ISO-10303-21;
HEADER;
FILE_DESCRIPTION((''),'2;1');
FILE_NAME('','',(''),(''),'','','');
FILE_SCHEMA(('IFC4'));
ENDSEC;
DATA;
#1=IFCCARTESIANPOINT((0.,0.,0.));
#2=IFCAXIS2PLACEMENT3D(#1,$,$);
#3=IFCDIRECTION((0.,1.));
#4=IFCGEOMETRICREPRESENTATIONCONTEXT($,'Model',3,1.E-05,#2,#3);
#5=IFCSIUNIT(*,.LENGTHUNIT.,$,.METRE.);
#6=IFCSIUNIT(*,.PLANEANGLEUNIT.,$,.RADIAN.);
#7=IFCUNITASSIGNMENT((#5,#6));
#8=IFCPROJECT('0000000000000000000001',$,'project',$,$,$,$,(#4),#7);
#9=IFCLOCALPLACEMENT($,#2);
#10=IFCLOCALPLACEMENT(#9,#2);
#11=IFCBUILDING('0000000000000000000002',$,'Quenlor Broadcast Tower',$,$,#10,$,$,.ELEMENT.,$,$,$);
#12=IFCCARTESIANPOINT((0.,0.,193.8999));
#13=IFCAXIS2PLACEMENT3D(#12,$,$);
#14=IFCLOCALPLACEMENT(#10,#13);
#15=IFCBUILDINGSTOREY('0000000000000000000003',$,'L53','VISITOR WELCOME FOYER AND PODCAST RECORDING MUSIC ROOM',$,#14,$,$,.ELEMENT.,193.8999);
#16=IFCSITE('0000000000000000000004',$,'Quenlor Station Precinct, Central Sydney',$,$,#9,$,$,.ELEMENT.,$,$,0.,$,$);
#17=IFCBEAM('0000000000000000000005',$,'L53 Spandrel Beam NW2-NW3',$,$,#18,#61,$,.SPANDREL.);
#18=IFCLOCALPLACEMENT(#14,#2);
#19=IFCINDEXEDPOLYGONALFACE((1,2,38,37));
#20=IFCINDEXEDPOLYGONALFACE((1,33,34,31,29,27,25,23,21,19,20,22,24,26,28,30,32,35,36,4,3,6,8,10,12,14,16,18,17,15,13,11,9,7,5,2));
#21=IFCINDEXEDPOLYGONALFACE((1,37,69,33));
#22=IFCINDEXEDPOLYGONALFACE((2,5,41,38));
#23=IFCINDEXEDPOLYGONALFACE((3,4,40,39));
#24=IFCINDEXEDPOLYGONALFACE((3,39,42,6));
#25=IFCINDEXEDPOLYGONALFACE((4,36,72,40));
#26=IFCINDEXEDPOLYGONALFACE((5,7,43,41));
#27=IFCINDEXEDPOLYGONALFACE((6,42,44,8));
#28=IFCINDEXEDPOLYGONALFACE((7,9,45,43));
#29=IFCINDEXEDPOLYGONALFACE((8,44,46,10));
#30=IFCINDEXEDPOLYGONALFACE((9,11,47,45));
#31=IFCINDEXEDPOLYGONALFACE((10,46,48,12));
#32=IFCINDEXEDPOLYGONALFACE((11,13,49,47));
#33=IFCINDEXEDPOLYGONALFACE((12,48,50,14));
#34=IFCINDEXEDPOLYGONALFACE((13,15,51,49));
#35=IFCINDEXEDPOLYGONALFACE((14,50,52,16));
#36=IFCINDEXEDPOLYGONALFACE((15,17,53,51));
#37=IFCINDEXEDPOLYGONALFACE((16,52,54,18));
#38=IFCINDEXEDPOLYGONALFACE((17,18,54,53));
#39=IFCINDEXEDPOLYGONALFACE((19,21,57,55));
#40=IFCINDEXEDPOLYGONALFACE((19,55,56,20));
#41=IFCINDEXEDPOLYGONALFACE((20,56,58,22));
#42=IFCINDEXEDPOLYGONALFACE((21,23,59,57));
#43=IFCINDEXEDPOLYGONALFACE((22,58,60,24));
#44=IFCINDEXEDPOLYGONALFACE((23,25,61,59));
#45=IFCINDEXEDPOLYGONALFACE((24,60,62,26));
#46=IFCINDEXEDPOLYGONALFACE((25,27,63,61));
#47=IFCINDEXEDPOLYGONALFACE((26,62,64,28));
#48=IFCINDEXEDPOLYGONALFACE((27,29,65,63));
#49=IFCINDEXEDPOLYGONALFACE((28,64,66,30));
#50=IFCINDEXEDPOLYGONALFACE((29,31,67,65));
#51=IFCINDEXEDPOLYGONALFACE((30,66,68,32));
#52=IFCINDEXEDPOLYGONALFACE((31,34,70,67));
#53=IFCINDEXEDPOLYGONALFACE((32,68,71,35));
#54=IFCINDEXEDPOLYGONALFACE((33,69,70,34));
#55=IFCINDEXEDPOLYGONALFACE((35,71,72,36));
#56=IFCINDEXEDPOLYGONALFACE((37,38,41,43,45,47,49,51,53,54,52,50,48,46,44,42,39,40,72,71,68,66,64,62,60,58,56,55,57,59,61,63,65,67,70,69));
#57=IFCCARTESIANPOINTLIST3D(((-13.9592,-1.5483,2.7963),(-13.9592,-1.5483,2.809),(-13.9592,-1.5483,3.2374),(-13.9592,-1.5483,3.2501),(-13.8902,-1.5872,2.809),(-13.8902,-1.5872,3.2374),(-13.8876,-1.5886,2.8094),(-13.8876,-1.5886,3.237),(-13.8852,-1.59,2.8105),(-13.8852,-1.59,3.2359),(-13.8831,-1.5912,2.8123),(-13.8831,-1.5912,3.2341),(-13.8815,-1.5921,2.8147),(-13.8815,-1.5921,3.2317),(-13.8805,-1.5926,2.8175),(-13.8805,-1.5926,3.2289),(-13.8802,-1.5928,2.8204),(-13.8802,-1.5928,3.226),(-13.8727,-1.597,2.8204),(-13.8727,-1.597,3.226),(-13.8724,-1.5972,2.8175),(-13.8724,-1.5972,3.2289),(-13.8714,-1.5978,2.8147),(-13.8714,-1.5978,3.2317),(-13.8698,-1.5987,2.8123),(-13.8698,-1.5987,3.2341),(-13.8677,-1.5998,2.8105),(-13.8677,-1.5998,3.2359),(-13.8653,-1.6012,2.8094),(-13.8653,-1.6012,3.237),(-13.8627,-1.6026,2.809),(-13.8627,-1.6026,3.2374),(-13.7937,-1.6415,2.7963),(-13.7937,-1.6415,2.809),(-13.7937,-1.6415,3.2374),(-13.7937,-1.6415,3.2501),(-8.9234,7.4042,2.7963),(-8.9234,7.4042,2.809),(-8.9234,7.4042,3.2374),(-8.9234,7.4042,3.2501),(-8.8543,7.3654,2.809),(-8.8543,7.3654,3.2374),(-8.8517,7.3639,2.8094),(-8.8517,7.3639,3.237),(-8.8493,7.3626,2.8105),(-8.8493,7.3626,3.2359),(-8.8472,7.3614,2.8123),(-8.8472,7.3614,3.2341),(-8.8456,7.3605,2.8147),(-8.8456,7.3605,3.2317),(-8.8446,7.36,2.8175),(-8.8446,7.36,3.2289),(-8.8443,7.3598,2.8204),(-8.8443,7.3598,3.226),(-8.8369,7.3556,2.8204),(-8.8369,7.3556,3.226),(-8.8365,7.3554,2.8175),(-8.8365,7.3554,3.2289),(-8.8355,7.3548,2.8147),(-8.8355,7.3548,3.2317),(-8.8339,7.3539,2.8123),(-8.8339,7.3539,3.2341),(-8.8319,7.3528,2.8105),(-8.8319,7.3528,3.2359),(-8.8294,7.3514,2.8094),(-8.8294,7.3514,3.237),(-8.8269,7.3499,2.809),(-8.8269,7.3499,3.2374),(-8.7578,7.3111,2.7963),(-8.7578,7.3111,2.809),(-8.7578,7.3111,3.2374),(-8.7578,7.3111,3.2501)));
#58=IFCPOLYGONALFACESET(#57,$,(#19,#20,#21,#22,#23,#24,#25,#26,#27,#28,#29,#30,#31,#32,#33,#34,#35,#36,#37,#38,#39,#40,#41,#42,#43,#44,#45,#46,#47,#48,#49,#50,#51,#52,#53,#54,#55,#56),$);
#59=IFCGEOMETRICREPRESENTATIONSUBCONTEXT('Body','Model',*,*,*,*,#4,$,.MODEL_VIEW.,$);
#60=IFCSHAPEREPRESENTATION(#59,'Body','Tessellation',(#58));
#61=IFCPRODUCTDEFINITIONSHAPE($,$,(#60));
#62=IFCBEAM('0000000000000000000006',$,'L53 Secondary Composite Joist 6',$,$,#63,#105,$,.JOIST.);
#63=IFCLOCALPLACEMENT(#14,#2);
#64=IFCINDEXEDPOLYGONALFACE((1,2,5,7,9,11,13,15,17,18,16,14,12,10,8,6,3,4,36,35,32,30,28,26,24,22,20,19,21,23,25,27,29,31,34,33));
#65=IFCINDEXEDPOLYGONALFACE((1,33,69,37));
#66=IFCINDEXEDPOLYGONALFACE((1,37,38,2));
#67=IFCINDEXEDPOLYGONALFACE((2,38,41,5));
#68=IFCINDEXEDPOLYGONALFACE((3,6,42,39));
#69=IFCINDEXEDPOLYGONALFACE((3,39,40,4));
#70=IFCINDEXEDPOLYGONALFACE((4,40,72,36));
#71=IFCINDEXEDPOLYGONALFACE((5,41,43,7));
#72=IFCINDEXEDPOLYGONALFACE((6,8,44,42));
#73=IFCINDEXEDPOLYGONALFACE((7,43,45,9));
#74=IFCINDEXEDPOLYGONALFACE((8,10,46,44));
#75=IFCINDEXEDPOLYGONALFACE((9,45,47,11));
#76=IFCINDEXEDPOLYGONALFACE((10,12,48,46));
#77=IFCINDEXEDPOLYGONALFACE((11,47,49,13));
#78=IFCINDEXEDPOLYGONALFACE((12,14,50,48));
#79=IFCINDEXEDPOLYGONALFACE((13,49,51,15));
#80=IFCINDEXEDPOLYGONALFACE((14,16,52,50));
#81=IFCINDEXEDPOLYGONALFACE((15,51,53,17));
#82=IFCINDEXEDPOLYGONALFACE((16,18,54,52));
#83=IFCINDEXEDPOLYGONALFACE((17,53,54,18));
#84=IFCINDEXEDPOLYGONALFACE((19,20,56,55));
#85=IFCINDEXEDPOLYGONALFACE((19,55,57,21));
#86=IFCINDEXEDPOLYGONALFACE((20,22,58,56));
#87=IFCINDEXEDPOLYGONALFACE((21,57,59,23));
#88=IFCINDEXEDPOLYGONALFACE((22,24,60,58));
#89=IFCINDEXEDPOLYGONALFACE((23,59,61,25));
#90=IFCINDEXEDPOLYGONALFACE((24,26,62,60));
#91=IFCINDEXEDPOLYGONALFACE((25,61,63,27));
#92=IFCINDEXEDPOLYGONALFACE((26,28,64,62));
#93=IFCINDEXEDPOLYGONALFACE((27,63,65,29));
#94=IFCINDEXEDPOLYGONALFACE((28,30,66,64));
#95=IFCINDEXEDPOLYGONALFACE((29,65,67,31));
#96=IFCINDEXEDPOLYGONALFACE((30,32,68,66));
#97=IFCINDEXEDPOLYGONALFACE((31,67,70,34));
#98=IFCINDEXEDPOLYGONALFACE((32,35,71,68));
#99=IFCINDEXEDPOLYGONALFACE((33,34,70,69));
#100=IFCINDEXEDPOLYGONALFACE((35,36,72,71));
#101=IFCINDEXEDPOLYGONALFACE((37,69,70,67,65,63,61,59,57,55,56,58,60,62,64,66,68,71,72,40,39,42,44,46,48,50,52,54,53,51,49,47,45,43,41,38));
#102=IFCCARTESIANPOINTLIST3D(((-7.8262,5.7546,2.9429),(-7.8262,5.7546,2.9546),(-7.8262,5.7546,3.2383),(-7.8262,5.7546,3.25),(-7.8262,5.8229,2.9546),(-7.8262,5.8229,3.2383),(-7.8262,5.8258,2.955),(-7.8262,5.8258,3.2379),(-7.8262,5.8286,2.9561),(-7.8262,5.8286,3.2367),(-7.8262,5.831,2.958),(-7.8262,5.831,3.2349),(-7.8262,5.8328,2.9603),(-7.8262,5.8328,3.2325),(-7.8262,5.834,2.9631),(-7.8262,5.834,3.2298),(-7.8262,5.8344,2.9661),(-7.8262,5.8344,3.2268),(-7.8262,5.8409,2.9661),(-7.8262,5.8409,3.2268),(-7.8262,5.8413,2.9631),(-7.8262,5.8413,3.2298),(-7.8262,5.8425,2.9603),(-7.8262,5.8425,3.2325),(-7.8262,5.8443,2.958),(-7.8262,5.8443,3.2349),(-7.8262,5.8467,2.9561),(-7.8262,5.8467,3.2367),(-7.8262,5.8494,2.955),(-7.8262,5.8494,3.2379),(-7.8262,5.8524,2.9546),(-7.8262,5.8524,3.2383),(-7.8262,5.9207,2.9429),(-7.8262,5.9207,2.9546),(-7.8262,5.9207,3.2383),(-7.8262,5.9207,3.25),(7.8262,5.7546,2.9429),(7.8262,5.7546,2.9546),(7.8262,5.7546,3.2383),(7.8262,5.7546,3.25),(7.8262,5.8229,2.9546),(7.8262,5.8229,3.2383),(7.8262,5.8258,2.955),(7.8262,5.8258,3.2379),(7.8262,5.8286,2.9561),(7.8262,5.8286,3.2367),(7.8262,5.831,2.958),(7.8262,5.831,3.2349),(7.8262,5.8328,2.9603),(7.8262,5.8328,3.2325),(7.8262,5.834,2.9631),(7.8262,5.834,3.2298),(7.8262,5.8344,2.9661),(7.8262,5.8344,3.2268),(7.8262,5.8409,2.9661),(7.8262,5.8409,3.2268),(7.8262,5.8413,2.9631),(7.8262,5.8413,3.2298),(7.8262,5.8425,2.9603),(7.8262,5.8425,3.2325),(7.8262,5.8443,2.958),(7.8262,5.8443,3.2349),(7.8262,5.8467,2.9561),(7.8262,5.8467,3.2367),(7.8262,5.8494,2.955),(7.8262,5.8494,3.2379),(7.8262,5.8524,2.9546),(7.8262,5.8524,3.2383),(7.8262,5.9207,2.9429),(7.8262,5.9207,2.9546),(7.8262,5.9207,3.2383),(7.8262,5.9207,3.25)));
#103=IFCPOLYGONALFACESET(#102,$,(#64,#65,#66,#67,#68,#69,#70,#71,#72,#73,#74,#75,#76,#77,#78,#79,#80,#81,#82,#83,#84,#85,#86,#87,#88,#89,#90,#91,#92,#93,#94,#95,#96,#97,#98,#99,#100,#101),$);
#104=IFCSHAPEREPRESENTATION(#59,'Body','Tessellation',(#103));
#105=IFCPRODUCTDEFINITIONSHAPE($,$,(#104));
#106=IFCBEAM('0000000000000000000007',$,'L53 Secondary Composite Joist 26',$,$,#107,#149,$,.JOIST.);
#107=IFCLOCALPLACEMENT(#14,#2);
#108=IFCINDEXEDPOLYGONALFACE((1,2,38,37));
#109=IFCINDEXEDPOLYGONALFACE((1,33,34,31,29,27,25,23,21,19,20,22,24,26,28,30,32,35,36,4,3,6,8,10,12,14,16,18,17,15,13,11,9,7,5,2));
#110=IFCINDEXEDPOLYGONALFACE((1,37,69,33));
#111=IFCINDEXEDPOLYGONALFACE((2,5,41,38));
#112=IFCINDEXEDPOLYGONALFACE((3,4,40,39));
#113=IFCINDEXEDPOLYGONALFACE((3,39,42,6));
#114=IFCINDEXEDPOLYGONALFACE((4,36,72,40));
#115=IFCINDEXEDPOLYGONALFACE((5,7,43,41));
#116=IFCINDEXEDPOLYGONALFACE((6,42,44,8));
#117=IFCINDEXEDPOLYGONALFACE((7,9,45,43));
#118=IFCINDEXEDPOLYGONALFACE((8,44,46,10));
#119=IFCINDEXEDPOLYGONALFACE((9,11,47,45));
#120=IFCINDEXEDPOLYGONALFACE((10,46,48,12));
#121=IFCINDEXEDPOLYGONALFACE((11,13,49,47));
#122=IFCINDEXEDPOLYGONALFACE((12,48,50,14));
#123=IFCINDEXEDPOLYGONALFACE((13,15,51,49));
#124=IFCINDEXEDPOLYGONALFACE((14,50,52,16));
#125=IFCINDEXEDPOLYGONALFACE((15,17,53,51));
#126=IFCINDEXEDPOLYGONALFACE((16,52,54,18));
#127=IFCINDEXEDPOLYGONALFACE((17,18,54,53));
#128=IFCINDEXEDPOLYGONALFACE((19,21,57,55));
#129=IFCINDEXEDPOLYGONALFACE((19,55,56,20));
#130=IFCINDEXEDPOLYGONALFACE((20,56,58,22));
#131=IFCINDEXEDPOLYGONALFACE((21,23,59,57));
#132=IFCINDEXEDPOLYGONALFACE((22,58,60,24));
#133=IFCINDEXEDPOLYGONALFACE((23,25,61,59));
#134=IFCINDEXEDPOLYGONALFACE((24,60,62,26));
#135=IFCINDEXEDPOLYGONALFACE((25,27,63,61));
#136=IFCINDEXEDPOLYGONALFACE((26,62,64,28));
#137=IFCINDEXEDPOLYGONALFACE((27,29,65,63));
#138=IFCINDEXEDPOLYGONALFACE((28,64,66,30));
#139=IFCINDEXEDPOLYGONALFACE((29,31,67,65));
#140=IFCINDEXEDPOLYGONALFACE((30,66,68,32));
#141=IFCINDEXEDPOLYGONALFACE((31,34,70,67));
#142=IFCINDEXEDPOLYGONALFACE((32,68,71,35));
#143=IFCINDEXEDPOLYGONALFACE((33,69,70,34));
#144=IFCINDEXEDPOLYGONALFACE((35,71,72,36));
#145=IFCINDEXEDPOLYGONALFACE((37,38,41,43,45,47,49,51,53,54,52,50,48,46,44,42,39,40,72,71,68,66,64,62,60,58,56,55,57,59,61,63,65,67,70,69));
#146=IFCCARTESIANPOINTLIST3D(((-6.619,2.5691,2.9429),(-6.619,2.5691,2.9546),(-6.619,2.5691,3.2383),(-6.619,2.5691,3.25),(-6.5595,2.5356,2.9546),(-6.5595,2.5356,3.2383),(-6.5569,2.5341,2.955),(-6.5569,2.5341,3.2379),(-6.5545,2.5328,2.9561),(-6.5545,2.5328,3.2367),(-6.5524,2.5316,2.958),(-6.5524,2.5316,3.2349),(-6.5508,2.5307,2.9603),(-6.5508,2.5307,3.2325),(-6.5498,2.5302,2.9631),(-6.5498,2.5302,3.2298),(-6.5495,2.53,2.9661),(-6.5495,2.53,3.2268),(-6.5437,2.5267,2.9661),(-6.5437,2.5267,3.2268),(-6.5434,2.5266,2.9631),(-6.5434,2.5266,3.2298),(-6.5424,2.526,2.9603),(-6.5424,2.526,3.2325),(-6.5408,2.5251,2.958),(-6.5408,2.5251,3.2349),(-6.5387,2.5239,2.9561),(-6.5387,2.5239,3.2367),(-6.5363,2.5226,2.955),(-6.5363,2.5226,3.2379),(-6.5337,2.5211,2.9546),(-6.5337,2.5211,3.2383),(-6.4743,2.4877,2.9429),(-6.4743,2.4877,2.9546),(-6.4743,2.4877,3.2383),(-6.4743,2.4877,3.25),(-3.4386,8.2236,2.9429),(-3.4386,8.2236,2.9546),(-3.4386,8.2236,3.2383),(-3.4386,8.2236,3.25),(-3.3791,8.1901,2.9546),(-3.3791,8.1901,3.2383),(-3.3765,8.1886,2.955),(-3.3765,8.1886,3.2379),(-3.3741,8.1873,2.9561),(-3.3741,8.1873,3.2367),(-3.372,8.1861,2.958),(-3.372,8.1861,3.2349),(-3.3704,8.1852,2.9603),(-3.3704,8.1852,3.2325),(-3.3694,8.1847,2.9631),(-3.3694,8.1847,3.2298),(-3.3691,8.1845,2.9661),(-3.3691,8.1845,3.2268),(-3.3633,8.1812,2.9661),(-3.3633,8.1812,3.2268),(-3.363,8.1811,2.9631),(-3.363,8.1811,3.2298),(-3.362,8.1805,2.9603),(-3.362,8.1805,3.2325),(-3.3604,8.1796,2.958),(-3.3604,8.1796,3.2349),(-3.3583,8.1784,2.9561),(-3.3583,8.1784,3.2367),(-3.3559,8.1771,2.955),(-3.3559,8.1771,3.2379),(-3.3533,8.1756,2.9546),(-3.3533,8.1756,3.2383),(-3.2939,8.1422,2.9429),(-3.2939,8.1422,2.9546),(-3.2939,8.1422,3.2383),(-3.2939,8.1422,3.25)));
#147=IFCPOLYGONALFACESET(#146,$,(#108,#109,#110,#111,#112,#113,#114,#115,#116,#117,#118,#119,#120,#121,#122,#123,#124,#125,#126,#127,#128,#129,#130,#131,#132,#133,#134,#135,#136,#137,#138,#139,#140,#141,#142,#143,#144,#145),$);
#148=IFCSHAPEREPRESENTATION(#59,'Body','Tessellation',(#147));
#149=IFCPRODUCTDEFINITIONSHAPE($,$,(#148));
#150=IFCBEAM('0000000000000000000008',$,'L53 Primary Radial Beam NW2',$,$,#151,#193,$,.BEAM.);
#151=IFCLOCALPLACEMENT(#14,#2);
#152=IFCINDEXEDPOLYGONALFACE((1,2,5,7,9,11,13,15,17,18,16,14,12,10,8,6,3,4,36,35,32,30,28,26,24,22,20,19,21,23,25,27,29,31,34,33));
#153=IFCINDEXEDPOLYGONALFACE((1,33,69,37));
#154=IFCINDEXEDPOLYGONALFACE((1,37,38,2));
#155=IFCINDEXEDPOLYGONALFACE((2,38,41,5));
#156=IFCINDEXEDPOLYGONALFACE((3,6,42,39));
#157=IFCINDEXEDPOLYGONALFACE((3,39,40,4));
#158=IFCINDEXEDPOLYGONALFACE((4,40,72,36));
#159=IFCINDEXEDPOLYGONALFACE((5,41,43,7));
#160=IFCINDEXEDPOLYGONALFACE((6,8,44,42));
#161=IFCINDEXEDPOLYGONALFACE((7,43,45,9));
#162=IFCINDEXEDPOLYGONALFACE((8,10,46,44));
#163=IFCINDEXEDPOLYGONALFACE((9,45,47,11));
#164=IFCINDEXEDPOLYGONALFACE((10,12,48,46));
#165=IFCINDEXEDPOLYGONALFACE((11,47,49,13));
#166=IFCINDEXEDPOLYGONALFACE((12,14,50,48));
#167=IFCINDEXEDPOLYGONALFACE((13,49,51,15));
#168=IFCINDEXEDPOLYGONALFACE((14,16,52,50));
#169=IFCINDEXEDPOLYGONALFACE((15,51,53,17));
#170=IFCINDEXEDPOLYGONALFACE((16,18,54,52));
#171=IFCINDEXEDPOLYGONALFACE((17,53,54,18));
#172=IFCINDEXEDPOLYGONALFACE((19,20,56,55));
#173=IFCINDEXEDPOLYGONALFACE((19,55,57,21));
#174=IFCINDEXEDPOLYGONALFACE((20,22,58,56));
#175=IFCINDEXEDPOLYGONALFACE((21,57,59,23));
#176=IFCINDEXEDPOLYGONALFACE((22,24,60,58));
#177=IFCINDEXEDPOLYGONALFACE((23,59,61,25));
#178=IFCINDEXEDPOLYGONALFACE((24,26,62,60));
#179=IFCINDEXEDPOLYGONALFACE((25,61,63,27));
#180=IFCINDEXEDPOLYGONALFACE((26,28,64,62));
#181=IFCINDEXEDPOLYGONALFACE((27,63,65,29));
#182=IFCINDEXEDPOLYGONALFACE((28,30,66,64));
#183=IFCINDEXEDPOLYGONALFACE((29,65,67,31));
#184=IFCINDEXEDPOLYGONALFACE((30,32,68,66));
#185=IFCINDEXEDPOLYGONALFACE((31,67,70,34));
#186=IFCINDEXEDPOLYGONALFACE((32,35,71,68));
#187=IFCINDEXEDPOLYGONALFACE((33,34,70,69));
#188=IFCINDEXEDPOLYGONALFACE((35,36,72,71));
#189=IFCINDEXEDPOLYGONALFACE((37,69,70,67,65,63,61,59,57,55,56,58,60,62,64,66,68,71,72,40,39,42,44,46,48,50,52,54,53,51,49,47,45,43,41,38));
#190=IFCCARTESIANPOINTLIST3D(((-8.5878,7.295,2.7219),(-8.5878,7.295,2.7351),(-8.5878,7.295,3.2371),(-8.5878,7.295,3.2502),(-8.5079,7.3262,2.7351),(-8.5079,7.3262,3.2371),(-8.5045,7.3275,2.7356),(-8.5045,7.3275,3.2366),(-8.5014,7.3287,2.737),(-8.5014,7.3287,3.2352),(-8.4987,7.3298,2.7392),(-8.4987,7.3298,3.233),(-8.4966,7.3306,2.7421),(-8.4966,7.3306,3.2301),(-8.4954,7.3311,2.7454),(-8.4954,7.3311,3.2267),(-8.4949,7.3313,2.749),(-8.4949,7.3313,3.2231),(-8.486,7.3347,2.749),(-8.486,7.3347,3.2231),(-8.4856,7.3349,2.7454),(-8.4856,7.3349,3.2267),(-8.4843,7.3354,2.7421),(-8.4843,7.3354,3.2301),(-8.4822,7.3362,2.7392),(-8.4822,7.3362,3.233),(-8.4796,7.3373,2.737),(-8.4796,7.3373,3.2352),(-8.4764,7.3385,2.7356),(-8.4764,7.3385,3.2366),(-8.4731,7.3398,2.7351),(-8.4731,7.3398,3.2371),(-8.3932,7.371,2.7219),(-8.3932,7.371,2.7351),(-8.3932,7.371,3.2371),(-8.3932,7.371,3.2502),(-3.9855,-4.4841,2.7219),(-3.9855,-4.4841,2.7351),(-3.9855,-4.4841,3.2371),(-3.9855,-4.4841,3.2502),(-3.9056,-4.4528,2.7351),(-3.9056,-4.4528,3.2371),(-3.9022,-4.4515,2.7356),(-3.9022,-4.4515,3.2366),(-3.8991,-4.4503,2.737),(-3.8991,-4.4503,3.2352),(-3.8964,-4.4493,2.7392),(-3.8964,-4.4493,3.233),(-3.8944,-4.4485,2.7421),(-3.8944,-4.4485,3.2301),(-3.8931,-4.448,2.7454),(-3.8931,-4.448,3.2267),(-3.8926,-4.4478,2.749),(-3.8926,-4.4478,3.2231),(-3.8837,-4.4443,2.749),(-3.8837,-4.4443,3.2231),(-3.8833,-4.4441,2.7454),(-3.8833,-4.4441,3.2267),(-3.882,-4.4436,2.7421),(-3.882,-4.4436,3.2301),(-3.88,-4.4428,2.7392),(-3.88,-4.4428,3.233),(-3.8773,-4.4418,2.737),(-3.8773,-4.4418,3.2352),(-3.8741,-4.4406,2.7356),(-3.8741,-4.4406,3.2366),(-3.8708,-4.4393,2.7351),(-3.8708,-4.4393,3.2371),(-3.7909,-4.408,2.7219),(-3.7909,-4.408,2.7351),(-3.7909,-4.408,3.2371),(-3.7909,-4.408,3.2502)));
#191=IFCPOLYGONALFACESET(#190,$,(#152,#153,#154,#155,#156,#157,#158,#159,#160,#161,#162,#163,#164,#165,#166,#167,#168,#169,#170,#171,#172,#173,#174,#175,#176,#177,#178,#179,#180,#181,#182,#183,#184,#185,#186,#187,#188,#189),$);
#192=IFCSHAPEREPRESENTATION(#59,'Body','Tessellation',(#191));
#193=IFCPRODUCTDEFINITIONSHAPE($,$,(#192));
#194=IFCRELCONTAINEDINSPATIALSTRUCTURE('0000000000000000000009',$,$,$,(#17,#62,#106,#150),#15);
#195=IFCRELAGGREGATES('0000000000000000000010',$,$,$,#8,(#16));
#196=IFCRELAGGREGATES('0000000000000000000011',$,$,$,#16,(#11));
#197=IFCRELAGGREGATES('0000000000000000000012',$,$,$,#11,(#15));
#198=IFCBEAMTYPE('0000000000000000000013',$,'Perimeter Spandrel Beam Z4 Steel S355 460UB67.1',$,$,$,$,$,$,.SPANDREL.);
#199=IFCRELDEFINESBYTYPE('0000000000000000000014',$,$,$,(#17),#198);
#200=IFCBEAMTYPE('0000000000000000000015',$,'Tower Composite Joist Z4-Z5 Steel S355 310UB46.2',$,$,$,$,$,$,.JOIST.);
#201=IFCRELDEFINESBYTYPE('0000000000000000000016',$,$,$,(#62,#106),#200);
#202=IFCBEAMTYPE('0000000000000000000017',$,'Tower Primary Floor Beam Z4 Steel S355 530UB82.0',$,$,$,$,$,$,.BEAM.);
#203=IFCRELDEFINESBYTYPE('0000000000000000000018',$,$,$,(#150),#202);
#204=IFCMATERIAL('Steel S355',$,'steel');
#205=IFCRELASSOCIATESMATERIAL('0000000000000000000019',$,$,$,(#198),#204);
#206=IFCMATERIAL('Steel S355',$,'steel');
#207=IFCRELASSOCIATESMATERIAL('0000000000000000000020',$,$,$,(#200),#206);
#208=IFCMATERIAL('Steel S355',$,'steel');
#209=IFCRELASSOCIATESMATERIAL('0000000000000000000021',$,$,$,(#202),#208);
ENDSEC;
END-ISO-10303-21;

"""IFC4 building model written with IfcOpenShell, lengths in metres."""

from ifc_helpers import new_model, si_unit, direction, frame, origin, origin_2d, place, context, subcontext, project, spatial, i_section, extrude, material, material_profile, profile_set, type_object, element, save


model = new_model("IFC4")

# Units and contexts
model_context = context("Model", 3, precision=1e-05, world=origin(), true_north=direction((0.0, 1.0)))
body_context = subcontext(model_context, "Body", "Model", "MODEL_VIEW")
ifc_project = project(units=[si_unit("LENGTHUNIT", "METRE"), si_unit("PLANEANGLEUNIT", "RADIAN")], contexts=[model_context])

# Site, building, storey
site_placement = place(None, origin())
site = spatial("IfcSite", under=ifc_project, at=site_placement, Name="Quenlor Station Precinct, Central Sydney", CompositionType="ELEMENT", RefElevation=0.0)
building_placement = place(site_placement, origin())
building = spatial("IfcBuilding", under=site, at=building_placement, Name="Quenlor Broadcast Tower", CompositionType="ELEMENT")
storey_placement = place(building_placement, frame((0.0, 0.0, 193.8999)))
storey = spatial("IfcBuildingStorey", under=building, at=storey_placement, Name="L53", Description="VISITOR WELCOME FOYER AND PODCAST RECORDING MUSIC ROOM", CompositionType="ELEMENT", Elevation=193.8999)

# Beams
ifc_material_1 = material(Name="Steel S355", Category="steel")
ifc_material_profile_1 = material_profile(ifc_material_1, i_section(OverallWidth=0.1899, OverallDepth=0.4539, WebThickness=0.0085, FlangeThickness=0.0127, FilletRadius=0.0115, at=origin_2d()))
ifc_profile_set_1 = profile_set([ifc_material_profile_1], Name="Steel S355 460UB67.1")
beam_type_1 = type_object("IfcBeamType", Name="Perimeter Spandrel Beam Z4 Steel S355 460UB67.1", PredefinedType="SPANDREL", material=ifc_profile_set_1)
beam_1_placement = place(storey_placement, frame((-8.8406, 7.3577, 3.0232), z_axis=(-0.490263, -0.871574, 0.0), x_axis=(0.871574, -0.490263, 0.0)))
element("IfcBeam", 1, at=beam_1_placement, inside=storey, type_object=beam_type_1, Name="L53 Spandrel Beam NW2-NW3", PredefinedType="SPANDREL", context=body_context, shape_type="SweptSolid", body=[
    extrude(i_section(OverallWidth=0.1899, OverallDepth=0.4539, WebThickness=0.0085, FlangeThickness=0.0127, FilletRadius=0.0115, at=origin_2d()), origin(), (0.0, 0.0, 1.0), 10.2717),
])
ifc_material_2 = material(Name="Steel S355", Category="steel")
ifc_material_profile_2 = material_profile(ifc_material_2, i_section(OverallWidth=0.166, OverallDepth=0.3071, WebThickness=0.0066, FlangeThickness=0.0117, FilletRadius=0.0115, at=origin_2d()))
ifc_profile_set_2 = profile_set([ifc_material_profile_2], Name="Steel S355 310UB46.2")
beam_type_2 = type_object("IfcBeamType", Name="Tower Composite Joist Z4-Z5 Steel S355 310UB46.2", PredefinedType="JOIST", material=ifc_profile_set_2)
beam_2_placement = place(storey_placement, frame((-7.8262, 5.8376, 3.0964), z_axis=(1.0, 0.0, 0.0), x_axis=(0.0, 1.0, 0.0)))
element("IfcBeam", 2, at=beam_2_placement, inside=storey, type_object=beam_type_2, Name="L53 Secondary Composite Joist 6", PredefinedType="JOIST", context=body_context, shape_type="SweptSolid", body=[
    extrude(i_section(OverallWidth=0.166, OverallDepth=0.3071, WebThickness=0.0066, FlangeThickness=0.0117, FilletRadius=0.0115, at=origin_2d()), origin(), (0.0, 0.0, 1.0), 15.6523),
])
beam_3_placement = place(storey_placement, frame((-3.3662, 8.1829, 3.0964), z_axis=(-0.490231, -0.871593, 0.0), x_axis=(0.871593, -0.490231, 0.0)))
element("IfcBeam", 3, at=beam_3_placement, inside=storey, type_object=beam_type_2, Name="L53 Secondary Composite Joist 26", PredefinedType="JOIST", context=body_context, shape_type="SweptSolid", body=[
    extrude(i_section(OverallWidth=0.166, OverallDepth=0.3071, WebThickness=0.0066, FlangeThickness=0.0117, FilletRadius=0.0115, at=origin_2d()), origin(), (0.0, 0.0, 1.0), 6.4875),
])
ifc_material_3 = material(Name="Steel S355", Category="steel")
ifc_material_profile_3 = material_profile(ifc_material_3, i_section(OverallWidth=0.209, OverallDepth=0.5283, WebThickness=0.0095, FlangeThickness=0.0132, FilletRadius=0.0139, at=origin_2d()))
ifc_profile_set_3 = profile_set([ifc_material_profile_3], Name="Steel S355 530UB82.0")
beam_type_3 = type_object("IfcBeamType", Name="Tower Primary Floor Beam Z4 Steel S355 530UB82.0", PredefinedType="BEAM", material=ifc_profile_set_3)
beam_4_placement = place(storey_placement, frame((-8.4905, 7.333, 2.9861), z_axis=(0.363926, -0.931428, 0.0), x_axis=(0.931428, 0.363926, 0.0)))
element("IfcBeam", 4, at=beam_4_placement, inside=storey, type_object=beam_type_3, Name="L53 Primary Radial Beam NW2", PredefinedType="BEAM", context=body_context, shape_type="SweptSolid", body=[
    extrude(i_section(OverallWidth=0.209, OverallDepth=0.5283, WebThickness=0.0095, FlangeThickness=0.0132, FilletRadius=0.0139, at=origin_2d()), origin(), (0.0, 0.0, 1.0), 12.6462),
])

save(model, "model.ifc")
